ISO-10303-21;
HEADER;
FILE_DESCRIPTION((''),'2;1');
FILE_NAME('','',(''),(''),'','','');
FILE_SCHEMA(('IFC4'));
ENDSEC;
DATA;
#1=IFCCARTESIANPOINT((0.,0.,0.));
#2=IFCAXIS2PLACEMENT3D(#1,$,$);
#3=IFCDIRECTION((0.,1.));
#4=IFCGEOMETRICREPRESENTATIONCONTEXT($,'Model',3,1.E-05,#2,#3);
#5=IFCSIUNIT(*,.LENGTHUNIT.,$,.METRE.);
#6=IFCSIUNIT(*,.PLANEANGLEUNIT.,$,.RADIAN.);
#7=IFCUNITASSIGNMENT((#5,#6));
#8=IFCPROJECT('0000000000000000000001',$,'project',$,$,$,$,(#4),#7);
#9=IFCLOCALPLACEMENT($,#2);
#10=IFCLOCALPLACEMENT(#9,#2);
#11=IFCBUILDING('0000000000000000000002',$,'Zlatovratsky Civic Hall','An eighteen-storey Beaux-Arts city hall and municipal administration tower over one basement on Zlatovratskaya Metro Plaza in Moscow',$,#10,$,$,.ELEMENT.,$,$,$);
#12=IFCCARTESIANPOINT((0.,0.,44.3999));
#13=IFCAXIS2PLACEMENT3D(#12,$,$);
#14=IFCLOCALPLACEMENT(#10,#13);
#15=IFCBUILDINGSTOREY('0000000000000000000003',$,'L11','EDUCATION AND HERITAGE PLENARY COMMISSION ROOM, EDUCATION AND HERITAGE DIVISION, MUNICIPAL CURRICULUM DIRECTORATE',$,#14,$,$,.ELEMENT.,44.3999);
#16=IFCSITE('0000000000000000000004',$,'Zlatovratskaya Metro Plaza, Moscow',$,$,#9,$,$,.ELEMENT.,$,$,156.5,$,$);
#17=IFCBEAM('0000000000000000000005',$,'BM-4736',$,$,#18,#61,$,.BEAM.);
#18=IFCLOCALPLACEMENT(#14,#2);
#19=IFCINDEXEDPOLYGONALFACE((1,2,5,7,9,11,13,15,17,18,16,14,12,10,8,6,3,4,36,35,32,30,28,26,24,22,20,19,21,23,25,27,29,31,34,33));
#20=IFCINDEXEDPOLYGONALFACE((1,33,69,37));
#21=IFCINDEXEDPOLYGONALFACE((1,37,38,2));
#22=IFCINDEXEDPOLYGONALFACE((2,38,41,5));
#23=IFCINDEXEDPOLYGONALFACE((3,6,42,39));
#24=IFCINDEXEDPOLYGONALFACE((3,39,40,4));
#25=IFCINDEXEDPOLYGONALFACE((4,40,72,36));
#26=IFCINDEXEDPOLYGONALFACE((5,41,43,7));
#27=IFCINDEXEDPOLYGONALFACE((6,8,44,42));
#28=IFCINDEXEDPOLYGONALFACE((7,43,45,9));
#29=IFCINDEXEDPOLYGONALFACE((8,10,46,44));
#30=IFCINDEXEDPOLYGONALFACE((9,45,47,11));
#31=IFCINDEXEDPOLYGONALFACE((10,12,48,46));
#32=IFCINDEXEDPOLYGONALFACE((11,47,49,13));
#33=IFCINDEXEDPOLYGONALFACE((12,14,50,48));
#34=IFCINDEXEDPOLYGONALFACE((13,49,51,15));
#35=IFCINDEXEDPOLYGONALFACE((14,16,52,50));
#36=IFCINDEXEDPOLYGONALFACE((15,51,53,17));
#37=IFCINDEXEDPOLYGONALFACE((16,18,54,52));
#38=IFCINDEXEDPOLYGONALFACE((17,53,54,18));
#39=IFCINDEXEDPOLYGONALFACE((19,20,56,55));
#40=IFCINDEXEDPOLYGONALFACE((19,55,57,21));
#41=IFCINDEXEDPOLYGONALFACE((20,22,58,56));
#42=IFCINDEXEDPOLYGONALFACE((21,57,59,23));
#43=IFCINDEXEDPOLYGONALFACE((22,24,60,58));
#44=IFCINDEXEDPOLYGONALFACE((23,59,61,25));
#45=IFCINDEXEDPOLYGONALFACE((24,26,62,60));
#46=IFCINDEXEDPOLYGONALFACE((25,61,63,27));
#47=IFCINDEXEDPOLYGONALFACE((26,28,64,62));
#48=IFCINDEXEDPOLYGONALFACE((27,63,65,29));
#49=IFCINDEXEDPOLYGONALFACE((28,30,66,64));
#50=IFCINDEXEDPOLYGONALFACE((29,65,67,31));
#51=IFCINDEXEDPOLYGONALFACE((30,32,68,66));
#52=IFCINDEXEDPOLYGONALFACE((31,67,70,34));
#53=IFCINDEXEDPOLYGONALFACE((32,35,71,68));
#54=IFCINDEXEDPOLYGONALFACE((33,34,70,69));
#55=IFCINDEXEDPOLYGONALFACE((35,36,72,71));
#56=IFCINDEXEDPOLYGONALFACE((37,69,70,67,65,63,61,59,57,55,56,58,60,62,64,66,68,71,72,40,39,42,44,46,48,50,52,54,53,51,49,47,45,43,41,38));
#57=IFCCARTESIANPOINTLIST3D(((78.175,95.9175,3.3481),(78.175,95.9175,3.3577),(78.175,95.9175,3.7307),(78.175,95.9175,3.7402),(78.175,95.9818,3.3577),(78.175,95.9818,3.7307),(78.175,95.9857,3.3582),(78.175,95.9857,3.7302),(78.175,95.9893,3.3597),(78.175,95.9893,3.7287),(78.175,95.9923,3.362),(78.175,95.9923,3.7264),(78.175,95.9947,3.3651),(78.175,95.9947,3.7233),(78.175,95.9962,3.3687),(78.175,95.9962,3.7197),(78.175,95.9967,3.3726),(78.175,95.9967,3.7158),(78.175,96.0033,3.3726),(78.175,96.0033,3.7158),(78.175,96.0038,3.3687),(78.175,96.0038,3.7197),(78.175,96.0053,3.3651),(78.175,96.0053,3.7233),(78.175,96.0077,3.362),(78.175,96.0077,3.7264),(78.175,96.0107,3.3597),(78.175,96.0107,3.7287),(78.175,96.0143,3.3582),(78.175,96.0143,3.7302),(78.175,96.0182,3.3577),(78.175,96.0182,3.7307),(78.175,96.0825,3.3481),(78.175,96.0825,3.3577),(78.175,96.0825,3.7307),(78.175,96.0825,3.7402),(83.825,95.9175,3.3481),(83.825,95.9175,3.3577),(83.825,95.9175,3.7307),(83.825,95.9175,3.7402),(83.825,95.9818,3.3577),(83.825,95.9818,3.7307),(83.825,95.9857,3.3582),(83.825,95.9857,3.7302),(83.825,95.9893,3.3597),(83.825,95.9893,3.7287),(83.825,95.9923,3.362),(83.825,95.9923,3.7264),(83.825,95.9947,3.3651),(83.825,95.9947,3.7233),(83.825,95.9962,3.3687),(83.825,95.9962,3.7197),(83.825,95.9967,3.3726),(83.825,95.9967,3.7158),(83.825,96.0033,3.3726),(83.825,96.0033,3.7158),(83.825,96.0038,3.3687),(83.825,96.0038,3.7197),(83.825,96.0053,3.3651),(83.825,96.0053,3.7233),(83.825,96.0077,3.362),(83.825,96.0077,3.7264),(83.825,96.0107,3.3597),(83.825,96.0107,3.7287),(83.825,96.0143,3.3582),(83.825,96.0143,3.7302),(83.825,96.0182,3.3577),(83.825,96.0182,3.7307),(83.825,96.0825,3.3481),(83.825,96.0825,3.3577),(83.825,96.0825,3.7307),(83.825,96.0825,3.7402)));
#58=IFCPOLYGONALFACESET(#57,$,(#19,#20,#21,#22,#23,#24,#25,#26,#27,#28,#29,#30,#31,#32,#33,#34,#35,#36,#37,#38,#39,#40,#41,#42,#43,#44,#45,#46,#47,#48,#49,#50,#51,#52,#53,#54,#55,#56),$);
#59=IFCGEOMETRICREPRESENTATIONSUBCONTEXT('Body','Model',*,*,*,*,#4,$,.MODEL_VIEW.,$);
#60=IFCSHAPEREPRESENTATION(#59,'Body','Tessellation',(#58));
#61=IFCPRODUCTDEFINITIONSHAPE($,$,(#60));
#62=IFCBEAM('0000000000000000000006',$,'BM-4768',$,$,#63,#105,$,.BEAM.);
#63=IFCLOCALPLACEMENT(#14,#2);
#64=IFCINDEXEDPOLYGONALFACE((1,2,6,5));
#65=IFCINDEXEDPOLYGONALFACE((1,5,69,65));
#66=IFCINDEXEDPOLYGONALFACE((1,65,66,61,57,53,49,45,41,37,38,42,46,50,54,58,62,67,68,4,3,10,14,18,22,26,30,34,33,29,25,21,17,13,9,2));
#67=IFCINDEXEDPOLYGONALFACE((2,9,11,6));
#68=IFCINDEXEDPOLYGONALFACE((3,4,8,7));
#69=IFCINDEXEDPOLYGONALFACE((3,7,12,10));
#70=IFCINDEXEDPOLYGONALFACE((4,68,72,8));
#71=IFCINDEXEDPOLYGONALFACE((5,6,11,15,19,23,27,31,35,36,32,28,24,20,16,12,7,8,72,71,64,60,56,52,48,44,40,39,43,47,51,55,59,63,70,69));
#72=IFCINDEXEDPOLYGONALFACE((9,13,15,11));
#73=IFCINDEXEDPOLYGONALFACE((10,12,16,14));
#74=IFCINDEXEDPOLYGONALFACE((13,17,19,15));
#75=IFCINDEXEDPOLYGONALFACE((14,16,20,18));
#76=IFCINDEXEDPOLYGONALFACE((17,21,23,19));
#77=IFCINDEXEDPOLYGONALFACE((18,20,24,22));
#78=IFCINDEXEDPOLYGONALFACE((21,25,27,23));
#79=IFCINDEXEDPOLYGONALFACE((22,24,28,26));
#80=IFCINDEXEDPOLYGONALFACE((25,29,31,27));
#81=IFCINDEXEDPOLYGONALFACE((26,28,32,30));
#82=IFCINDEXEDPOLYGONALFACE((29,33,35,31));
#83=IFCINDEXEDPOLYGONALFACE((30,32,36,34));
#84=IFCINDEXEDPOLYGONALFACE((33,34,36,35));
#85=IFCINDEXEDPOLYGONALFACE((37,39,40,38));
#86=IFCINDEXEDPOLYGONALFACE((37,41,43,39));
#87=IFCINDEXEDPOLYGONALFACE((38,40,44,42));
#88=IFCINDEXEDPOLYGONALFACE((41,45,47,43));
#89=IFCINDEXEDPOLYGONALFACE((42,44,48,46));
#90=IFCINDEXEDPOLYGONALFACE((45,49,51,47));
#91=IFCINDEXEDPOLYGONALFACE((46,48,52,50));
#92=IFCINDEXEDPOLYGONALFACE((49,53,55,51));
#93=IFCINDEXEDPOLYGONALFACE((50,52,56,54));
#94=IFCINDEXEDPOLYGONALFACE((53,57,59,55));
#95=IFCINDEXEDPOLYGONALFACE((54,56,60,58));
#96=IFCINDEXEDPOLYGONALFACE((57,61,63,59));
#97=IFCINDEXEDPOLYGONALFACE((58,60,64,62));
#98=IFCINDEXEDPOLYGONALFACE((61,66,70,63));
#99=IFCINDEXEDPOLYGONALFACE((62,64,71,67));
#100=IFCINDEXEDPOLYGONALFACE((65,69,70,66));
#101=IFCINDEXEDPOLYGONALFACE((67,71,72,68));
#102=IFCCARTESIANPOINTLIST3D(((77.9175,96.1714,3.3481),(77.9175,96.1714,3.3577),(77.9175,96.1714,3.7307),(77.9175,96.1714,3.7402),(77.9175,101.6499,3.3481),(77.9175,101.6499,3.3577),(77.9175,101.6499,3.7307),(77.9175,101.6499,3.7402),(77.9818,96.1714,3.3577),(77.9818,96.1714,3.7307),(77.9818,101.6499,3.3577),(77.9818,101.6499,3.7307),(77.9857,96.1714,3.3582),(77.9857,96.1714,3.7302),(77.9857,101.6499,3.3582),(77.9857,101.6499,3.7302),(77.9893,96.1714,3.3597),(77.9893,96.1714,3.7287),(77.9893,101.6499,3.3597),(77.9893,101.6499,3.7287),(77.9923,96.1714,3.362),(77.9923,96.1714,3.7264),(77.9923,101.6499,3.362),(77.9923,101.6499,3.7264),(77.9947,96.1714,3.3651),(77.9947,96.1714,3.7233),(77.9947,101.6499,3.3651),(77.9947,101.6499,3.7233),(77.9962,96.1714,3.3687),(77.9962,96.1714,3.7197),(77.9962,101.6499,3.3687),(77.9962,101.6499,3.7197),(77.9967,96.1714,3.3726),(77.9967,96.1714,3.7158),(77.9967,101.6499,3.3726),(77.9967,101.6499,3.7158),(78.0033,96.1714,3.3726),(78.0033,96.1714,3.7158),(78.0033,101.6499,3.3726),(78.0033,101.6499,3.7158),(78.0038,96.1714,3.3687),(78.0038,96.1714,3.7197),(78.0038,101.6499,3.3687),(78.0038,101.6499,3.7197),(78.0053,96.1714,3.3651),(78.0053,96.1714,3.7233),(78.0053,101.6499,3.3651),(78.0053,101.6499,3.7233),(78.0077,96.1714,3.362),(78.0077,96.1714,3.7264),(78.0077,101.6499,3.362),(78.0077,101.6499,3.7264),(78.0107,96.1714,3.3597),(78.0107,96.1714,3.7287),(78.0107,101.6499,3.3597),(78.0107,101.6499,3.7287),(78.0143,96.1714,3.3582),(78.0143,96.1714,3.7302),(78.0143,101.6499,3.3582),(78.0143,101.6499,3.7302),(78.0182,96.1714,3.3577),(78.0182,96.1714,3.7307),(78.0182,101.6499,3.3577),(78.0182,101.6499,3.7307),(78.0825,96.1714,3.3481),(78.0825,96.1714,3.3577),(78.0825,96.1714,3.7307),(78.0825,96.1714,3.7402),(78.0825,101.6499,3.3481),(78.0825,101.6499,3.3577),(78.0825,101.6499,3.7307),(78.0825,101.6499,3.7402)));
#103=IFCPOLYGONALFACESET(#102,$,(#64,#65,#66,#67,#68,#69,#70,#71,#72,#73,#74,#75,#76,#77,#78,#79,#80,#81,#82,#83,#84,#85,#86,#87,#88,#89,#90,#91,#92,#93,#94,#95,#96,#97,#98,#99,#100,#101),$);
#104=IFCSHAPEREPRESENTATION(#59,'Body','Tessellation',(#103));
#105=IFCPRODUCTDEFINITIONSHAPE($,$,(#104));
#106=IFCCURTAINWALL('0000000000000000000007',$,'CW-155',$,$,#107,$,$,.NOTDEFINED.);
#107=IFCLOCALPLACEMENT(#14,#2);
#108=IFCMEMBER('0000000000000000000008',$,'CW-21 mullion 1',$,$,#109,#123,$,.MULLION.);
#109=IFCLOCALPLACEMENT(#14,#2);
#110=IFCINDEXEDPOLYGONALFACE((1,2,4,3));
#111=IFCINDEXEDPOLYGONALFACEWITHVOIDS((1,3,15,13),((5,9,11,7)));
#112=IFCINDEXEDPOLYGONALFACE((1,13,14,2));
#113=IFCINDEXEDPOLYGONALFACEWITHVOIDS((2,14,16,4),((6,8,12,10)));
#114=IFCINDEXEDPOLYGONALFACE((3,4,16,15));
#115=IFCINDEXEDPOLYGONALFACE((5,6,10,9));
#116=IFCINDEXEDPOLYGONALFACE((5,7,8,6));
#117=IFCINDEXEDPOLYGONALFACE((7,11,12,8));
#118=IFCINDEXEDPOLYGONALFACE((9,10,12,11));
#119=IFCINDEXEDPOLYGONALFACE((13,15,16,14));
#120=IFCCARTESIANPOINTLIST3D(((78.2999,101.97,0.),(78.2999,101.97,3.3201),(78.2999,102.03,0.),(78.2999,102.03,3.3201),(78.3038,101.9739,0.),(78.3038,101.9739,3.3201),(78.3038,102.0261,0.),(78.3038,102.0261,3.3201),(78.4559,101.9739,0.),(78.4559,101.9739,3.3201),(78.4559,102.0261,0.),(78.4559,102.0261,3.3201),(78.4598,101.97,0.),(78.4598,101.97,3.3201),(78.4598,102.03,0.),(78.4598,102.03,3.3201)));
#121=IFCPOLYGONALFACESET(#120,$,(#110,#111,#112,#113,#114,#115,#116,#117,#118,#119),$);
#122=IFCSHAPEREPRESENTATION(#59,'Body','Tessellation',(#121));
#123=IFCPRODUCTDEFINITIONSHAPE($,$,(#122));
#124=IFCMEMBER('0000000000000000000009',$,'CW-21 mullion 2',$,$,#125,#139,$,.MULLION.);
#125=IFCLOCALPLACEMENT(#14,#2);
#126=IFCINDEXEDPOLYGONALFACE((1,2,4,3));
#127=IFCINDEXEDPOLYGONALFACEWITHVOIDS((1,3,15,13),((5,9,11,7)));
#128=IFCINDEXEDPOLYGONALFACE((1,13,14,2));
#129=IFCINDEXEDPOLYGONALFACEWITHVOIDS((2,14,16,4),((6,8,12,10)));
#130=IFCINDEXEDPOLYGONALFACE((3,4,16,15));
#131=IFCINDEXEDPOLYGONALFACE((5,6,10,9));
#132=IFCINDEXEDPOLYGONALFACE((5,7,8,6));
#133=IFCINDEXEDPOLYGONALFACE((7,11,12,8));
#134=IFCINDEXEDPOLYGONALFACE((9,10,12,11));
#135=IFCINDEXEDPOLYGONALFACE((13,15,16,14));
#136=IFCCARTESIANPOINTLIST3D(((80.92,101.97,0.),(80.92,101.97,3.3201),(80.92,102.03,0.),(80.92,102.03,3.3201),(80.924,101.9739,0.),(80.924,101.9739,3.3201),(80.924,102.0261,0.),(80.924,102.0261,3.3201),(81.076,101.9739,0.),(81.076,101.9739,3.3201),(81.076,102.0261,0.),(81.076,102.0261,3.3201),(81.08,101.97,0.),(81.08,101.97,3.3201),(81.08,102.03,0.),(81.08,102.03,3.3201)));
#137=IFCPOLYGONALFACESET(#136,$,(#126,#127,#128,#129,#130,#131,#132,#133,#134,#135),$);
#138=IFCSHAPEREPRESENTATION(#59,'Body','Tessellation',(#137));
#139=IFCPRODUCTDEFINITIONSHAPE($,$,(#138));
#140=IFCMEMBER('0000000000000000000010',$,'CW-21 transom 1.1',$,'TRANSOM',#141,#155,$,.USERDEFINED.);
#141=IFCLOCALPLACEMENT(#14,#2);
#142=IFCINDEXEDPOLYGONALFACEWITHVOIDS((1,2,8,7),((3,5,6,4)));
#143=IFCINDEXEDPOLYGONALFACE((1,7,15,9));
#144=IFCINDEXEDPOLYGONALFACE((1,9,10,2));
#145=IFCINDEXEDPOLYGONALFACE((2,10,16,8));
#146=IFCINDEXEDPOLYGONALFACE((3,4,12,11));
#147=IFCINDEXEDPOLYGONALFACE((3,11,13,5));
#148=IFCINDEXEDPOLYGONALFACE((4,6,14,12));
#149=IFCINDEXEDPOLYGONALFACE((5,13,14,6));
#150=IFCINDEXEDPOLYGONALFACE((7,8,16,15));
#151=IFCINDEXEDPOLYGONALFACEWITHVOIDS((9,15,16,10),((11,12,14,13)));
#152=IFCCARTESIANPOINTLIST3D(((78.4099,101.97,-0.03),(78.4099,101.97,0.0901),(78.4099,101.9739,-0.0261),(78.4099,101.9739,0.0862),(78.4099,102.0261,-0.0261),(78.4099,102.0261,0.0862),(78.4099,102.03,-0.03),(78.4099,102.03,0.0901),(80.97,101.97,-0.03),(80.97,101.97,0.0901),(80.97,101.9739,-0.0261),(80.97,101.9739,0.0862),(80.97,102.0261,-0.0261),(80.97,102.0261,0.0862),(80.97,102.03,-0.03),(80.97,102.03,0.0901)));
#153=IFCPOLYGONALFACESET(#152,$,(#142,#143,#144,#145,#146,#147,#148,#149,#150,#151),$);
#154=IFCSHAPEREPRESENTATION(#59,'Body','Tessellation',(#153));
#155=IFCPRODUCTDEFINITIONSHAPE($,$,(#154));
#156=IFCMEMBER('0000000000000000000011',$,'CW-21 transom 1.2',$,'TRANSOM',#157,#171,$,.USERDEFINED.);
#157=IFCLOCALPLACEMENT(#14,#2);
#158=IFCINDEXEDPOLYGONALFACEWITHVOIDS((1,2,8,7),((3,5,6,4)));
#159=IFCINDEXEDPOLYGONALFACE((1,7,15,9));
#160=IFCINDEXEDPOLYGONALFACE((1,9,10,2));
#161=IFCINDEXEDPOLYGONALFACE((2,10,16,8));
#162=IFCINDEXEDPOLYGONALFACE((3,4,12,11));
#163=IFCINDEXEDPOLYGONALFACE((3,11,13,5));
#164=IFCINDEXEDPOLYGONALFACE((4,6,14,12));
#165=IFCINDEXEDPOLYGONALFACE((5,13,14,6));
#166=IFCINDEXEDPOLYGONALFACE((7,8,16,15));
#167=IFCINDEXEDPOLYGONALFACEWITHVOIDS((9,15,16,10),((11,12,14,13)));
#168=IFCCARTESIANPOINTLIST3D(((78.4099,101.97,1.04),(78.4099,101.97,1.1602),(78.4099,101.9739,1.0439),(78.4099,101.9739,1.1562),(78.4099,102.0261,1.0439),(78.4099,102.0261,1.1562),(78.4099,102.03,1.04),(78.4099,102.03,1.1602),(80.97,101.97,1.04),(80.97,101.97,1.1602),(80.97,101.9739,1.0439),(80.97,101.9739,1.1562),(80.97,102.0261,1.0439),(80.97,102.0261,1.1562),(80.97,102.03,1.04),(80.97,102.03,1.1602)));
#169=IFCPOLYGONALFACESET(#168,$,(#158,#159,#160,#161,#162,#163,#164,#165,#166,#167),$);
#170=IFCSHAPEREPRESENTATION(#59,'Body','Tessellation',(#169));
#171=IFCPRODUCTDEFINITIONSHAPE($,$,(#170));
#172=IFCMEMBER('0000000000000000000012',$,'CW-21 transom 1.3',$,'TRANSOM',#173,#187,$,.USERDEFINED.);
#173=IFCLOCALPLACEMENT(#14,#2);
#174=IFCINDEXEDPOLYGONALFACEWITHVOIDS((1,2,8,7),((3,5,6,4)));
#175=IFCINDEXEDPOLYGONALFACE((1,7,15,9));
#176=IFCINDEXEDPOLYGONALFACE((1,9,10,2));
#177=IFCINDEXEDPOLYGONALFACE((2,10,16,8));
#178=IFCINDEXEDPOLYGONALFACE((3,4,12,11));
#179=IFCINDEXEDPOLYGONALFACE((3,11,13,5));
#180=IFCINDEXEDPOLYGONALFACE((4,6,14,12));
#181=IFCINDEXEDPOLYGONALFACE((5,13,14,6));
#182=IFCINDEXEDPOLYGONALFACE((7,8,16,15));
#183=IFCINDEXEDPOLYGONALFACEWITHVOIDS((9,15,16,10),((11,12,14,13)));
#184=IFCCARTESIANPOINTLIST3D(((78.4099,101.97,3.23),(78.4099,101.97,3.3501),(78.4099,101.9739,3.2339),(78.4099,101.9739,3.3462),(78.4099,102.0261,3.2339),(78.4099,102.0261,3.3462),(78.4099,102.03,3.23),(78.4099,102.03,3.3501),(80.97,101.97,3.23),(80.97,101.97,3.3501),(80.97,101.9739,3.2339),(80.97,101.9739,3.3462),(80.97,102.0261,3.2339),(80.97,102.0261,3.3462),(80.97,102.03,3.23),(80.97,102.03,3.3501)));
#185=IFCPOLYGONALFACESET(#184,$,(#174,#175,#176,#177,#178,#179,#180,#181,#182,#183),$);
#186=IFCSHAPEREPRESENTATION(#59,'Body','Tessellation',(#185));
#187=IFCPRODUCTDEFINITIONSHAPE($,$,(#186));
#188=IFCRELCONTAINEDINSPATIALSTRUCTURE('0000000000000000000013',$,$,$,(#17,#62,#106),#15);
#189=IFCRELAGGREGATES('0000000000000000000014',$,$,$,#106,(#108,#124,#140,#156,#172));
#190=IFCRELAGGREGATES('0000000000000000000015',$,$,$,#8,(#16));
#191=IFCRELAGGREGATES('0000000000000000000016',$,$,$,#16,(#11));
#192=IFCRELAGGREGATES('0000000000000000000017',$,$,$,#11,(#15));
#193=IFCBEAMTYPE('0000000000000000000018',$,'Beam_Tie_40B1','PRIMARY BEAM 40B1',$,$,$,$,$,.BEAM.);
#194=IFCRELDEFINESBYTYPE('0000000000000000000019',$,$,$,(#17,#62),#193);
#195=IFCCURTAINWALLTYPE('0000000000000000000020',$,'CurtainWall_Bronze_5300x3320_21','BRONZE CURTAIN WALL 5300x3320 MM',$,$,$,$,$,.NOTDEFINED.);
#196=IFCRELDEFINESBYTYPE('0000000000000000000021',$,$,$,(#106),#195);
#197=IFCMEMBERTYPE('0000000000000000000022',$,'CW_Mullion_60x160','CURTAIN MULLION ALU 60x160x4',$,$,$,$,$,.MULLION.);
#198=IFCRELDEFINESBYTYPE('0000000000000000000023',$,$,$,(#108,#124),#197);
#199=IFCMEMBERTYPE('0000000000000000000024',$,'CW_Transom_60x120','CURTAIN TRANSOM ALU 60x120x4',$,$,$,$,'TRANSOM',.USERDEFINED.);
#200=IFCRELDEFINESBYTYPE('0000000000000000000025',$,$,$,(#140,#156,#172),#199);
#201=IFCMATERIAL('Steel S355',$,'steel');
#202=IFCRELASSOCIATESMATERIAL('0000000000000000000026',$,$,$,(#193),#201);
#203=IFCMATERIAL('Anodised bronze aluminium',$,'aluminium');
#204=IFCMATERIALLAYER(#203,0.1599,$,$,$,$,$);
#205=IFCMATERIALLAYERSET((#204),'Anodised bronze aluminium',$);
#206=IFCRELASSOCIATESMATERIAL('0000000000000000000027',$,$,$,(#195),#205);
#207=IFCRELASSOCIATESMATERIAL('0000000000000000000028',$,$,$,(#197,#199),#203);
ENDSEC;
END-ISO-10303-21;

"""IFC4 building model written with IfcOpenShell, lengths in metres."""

from ifc_helpers import new_model, si_unit, direction, frame, origin, origin_2d, place, context, subcontext, project, spatial, hollow_rectangle, i_section, extrude, material, layer, layer_set, material_profile, profile_set, type_object, element, aggregate, save


model = new_model("IFC4")

# Units and contexts
model_context = context("Model", 3, precision=1e-05, world=origin(), true_north=direction((0.0, 1.0)))
body_context = subcontext(model_context, "Body", "Model", "MODEL_VIEW")
ifc_project = project(units=[si_unit("LENGTHUNIT", "METRE"), si_unit("PLANEANGLEUNIT", "RADIAN")], contexts=[model_context])

# Site, building, storey
site_placement = place(None, origin())
site = spatial("IfcSite", under=ifc_project, at=site_placement, Name="Zlatovratskaya Metro Plaza, Moscow", CompositionType="ELEMENT", RefElevation=156.5)
building_placement = place(site_placement, origin())
building = spatial("IfcBuilding", under=site, at=building_placement, Name="Zlatovratsky Civic Hall", Description="An eighteen-storey Beaux-Arts city hall and municipal administration tower over one basement on Zlatovratskaya Metro Plaza in Moscow", CompositionType="ELEMENT")
storey_placement = place(building_placement, frame((0.0, 0.0, 44.3999)))
storey = spatial("IfcBuildingStorey", under=building, at=storey_placement, Name="L11", Description="EDUCATION AND HERITAGE PLENARY COMMISSION ROOM, EDUCATION AND HERITAGE DIVISION, MUNICIPAL CURRICULUM DIRECTORATE", CompositionType="ELEMENT", Elevation=44.3999)

# Shared definitions
ifc_material_1 = material(Name="Steel S355", Category="steel")

# Beams
ifc_material_profile_1 = material_profile(ifc_material_1, i_section(OverallWidth=0.165, OverallDepth=0.3921, WebThickness=0.0066, FlangeThickness=0.0095, FilletRadius=0.0149, at=origin_2d()), Name="40B1")
ifc_profile_set_1 = profile_set([ifc_material_profile_1], Name="Steel S355")
beam_type_1 = type_object("IfcBeamType", Name="Beam_Tie_40B1", Description="PRIMARY BEAM 40B1", PredefinedType="BEAM", material=ifc_profile_set_1)
beam_1_placement = place(storey_placement, frame((78.175, 96.0, 3.5442), z_axis=(1.0, 0.0, 0.0), x_axis=(0.0, 1.0, 0.0)))
element("IfcBeam", 1, at=beam_1_placement, inside=storey, type_object=beam_type_1, Name="BM-4736", PredefinedType="BEAM", context=body_context, shape_type="SweptSolid", body=[
    extrude(i_section(OverallWidth=0.165, OverallDepth=0.3921, WebThickness=0.0066, FlangeThickness=0.0095, FilletRadius=0.0149, at=origin_2d()), origin(), (0.0, 0.0, 1.0), 5.6499),
])
beam_2_placement = place(storey_placement, frame((78.0, 96.1714, 3.5442), z_axis=(0.0, 1.0, 0.0), x_axis=(-1.0, 0.0, 0.0)))
element("IfcBeam", 2, at=beam_2_placement, inside=storey, type_object=beam_type_1, Name="BM-4768", PredefinedType="BEAM", context=body_context, shape_type="SweptSolid", body=[
    extrude(i_section(OverallWidth=0.165, OverallDepth=0.3921, WebThickness=0.0066, FlangeThickness=0.0095, FilletRadius=0.0149, at=origin_2d()), origin(), (0.0, 0.0, 1.0), 5.4785),
])

# Curtain wall, members
ifc_material_2 = material(Name="Anodised bronze aluminium", Category="aluminium")
ifc_layer_1 = layer(ifc_material_2, 0.1599)
ifc_layer_set_1 = layer_set([ifc_layer_1], Name="Anodised bronze aluminium")
curtain_wall_type = type_object("IfcCurtainWallType", Name="CurtainWall_Bronze_5300x3320_21", Description="BRONZE CURTAIN WALL 5300x3320 MM", PredefinedType="NOTDEFINED", material=ifc_layer_set_1)
curtain_wall_placement = place(storey_placement, origin())
curtain_wall = element("IfcCurtainWall", 3, at=curtain_wall_placement, inside=storey, type_object=curtain_wall_type, Name="CW-155", PredefinedType="NOTDEFINED")
ifc_material_profile_2 = material_profile(ifc_material_2, hollow_rectangle(XDim=0.0601, YDim=0.1599, WallThickness=0.0039, at=origin_2d()), Name="ALU 60x160x4")
ifc_profile_set_2 = profile_set([ifc_material_profile_2], Name="Anodised bronze aluminium")
member_type_1 = type_object("IfcMemberType", Name="CW_Mullion_60x160", Description="CURTAIN MULLION ALU 60x160x4", PredefinedType="MULLION", material=ifc_profile_set_2)
member_1_placement = place(storey_placement, frame((78.3799, 102.0, 0.0), z_axis=(0.0, 0.0, 1.0), x_axis=(0.0, 1.0, 0.0)))
member_1 = element("IfcMember", 4, at=member_1_placement, type_object=member_type_1, Name="CW-21 mullion 1", PredefinedType="MULLION", context=body_context, shape_type="SweptSolid", body=[
    extrude(hollow_rectangle(XDim=0.0601, YDim=0.1599, WallThickness=0.0039, at=origin_2d()), origin(), (0.0, 0.0, 1.0), 3.3201),
])
member_2_placement = place(storey_placement, frame((81.0, 102.0, 0.0), z_axis=(0.0, 0.0, 1.0), x_axis=(0.0, 1.0, 0.0)))
member_2 = element("IfcMember", 5, at=member_2_placement, type_object=member_type_1, Name="CW-21 mullion 2", PredefinedType="MULLION", context=body_context, shape_type="SweptSolid", body=[
    extrude(hollow_rectangle(XDim=0.0601, YDim=0.1599, WallThickness=0.0039, at=origin_2d()), origin(), (0.0, 0.0, 1.0), 3.3201),
])
ifc_material_profile_3 = material_profile(ifc_material_2, hollow_rectangle(XDim=0.0601, YDim=0.1201, WallThickness=0.0039, at=origin_2d()), Name="ALU 60x120x4")
ifc_profile_set_3 = profile_set([ifc_material_profile_3], Name="Anodised bronze aluminium")
member_type_2 = type_object("IfcMemberType", Name="CW_Transom_60x120", Description="CURTAIN TRANSOM ALU 60x120x4", ElementType="TRANSOM", PredefinedType="USERDEFINED", material=ifc_profile_set_3)
member_3_placement = place(storey_placement, frame((78.4099, 102.0, 0.03), z_axis=(1.0, 0.0, 0.0), x_axis=(0.0, 1.0, 0.0)))
member_3 = element("IfcMember", 6, at=member_3_placement, type_object=member_type_2, Name="CW-21 transom 1.1", ObjectType="TRANSOM", PredefinedType="USERDEFINED", context=body_context, shape_type="SweptSolid", body=[
    extrude(hollow_rectangle(XDim=0.0601, YDim=0.1201, WallThickness=0.0039, at=origin_2d()), origin(), (0.0, 0.0, 1.0), 2.5601),
])
member_4_placement = place(storey_placement, frame((78.4099, 102.0, 1.1001), z_axis=(1.0, 0.0, 0.0), x_axis=(0.0, 1.0, 0.0)))
member_4 = element("IfcMember", 7, at=member_4_placement, type_object=member_type_2, Name="CW-21 transom 1.2", ObjectType="TRANSOM", PredefinedType="USERDEFINED", context=body_context, shape_type="SweptSolid", body=[
    extrude(hollow_rectangle(XDim=0.0601, YDim=0.1201, WallThickness=0.0039, at=origin_2d()), origin(), (0.0, 0.0, 1.0), 2.5601),
])
member_5_placement = place(storey_placement, frame((78.4099, 102.0, 3.29), z_axis=(1.0, 0.0, 0.0), x_axis=(0.0, 1.0, 0.0)))
member_5 = element("IfcMember", 8, at=member_5_placement, type_object=member_type_2, Name="CW-21 transom 1.3", ObjectType="TRANSOM", PredefinedType="USERDEFINED", context=body_context, shape_type="SweptSolid", body=[
    extrude(hollow_rectangle(XDim=0.0601, YDim=0.1201, WallThickness=0.0039, at=origin_2d()), origin(), (0.0, 0.0, 1.0), 2.5601),
])
aggregate(curtain_wall, [member_1, member_2, member_3, member_4, member_5])

save(model, "model.ifc")
